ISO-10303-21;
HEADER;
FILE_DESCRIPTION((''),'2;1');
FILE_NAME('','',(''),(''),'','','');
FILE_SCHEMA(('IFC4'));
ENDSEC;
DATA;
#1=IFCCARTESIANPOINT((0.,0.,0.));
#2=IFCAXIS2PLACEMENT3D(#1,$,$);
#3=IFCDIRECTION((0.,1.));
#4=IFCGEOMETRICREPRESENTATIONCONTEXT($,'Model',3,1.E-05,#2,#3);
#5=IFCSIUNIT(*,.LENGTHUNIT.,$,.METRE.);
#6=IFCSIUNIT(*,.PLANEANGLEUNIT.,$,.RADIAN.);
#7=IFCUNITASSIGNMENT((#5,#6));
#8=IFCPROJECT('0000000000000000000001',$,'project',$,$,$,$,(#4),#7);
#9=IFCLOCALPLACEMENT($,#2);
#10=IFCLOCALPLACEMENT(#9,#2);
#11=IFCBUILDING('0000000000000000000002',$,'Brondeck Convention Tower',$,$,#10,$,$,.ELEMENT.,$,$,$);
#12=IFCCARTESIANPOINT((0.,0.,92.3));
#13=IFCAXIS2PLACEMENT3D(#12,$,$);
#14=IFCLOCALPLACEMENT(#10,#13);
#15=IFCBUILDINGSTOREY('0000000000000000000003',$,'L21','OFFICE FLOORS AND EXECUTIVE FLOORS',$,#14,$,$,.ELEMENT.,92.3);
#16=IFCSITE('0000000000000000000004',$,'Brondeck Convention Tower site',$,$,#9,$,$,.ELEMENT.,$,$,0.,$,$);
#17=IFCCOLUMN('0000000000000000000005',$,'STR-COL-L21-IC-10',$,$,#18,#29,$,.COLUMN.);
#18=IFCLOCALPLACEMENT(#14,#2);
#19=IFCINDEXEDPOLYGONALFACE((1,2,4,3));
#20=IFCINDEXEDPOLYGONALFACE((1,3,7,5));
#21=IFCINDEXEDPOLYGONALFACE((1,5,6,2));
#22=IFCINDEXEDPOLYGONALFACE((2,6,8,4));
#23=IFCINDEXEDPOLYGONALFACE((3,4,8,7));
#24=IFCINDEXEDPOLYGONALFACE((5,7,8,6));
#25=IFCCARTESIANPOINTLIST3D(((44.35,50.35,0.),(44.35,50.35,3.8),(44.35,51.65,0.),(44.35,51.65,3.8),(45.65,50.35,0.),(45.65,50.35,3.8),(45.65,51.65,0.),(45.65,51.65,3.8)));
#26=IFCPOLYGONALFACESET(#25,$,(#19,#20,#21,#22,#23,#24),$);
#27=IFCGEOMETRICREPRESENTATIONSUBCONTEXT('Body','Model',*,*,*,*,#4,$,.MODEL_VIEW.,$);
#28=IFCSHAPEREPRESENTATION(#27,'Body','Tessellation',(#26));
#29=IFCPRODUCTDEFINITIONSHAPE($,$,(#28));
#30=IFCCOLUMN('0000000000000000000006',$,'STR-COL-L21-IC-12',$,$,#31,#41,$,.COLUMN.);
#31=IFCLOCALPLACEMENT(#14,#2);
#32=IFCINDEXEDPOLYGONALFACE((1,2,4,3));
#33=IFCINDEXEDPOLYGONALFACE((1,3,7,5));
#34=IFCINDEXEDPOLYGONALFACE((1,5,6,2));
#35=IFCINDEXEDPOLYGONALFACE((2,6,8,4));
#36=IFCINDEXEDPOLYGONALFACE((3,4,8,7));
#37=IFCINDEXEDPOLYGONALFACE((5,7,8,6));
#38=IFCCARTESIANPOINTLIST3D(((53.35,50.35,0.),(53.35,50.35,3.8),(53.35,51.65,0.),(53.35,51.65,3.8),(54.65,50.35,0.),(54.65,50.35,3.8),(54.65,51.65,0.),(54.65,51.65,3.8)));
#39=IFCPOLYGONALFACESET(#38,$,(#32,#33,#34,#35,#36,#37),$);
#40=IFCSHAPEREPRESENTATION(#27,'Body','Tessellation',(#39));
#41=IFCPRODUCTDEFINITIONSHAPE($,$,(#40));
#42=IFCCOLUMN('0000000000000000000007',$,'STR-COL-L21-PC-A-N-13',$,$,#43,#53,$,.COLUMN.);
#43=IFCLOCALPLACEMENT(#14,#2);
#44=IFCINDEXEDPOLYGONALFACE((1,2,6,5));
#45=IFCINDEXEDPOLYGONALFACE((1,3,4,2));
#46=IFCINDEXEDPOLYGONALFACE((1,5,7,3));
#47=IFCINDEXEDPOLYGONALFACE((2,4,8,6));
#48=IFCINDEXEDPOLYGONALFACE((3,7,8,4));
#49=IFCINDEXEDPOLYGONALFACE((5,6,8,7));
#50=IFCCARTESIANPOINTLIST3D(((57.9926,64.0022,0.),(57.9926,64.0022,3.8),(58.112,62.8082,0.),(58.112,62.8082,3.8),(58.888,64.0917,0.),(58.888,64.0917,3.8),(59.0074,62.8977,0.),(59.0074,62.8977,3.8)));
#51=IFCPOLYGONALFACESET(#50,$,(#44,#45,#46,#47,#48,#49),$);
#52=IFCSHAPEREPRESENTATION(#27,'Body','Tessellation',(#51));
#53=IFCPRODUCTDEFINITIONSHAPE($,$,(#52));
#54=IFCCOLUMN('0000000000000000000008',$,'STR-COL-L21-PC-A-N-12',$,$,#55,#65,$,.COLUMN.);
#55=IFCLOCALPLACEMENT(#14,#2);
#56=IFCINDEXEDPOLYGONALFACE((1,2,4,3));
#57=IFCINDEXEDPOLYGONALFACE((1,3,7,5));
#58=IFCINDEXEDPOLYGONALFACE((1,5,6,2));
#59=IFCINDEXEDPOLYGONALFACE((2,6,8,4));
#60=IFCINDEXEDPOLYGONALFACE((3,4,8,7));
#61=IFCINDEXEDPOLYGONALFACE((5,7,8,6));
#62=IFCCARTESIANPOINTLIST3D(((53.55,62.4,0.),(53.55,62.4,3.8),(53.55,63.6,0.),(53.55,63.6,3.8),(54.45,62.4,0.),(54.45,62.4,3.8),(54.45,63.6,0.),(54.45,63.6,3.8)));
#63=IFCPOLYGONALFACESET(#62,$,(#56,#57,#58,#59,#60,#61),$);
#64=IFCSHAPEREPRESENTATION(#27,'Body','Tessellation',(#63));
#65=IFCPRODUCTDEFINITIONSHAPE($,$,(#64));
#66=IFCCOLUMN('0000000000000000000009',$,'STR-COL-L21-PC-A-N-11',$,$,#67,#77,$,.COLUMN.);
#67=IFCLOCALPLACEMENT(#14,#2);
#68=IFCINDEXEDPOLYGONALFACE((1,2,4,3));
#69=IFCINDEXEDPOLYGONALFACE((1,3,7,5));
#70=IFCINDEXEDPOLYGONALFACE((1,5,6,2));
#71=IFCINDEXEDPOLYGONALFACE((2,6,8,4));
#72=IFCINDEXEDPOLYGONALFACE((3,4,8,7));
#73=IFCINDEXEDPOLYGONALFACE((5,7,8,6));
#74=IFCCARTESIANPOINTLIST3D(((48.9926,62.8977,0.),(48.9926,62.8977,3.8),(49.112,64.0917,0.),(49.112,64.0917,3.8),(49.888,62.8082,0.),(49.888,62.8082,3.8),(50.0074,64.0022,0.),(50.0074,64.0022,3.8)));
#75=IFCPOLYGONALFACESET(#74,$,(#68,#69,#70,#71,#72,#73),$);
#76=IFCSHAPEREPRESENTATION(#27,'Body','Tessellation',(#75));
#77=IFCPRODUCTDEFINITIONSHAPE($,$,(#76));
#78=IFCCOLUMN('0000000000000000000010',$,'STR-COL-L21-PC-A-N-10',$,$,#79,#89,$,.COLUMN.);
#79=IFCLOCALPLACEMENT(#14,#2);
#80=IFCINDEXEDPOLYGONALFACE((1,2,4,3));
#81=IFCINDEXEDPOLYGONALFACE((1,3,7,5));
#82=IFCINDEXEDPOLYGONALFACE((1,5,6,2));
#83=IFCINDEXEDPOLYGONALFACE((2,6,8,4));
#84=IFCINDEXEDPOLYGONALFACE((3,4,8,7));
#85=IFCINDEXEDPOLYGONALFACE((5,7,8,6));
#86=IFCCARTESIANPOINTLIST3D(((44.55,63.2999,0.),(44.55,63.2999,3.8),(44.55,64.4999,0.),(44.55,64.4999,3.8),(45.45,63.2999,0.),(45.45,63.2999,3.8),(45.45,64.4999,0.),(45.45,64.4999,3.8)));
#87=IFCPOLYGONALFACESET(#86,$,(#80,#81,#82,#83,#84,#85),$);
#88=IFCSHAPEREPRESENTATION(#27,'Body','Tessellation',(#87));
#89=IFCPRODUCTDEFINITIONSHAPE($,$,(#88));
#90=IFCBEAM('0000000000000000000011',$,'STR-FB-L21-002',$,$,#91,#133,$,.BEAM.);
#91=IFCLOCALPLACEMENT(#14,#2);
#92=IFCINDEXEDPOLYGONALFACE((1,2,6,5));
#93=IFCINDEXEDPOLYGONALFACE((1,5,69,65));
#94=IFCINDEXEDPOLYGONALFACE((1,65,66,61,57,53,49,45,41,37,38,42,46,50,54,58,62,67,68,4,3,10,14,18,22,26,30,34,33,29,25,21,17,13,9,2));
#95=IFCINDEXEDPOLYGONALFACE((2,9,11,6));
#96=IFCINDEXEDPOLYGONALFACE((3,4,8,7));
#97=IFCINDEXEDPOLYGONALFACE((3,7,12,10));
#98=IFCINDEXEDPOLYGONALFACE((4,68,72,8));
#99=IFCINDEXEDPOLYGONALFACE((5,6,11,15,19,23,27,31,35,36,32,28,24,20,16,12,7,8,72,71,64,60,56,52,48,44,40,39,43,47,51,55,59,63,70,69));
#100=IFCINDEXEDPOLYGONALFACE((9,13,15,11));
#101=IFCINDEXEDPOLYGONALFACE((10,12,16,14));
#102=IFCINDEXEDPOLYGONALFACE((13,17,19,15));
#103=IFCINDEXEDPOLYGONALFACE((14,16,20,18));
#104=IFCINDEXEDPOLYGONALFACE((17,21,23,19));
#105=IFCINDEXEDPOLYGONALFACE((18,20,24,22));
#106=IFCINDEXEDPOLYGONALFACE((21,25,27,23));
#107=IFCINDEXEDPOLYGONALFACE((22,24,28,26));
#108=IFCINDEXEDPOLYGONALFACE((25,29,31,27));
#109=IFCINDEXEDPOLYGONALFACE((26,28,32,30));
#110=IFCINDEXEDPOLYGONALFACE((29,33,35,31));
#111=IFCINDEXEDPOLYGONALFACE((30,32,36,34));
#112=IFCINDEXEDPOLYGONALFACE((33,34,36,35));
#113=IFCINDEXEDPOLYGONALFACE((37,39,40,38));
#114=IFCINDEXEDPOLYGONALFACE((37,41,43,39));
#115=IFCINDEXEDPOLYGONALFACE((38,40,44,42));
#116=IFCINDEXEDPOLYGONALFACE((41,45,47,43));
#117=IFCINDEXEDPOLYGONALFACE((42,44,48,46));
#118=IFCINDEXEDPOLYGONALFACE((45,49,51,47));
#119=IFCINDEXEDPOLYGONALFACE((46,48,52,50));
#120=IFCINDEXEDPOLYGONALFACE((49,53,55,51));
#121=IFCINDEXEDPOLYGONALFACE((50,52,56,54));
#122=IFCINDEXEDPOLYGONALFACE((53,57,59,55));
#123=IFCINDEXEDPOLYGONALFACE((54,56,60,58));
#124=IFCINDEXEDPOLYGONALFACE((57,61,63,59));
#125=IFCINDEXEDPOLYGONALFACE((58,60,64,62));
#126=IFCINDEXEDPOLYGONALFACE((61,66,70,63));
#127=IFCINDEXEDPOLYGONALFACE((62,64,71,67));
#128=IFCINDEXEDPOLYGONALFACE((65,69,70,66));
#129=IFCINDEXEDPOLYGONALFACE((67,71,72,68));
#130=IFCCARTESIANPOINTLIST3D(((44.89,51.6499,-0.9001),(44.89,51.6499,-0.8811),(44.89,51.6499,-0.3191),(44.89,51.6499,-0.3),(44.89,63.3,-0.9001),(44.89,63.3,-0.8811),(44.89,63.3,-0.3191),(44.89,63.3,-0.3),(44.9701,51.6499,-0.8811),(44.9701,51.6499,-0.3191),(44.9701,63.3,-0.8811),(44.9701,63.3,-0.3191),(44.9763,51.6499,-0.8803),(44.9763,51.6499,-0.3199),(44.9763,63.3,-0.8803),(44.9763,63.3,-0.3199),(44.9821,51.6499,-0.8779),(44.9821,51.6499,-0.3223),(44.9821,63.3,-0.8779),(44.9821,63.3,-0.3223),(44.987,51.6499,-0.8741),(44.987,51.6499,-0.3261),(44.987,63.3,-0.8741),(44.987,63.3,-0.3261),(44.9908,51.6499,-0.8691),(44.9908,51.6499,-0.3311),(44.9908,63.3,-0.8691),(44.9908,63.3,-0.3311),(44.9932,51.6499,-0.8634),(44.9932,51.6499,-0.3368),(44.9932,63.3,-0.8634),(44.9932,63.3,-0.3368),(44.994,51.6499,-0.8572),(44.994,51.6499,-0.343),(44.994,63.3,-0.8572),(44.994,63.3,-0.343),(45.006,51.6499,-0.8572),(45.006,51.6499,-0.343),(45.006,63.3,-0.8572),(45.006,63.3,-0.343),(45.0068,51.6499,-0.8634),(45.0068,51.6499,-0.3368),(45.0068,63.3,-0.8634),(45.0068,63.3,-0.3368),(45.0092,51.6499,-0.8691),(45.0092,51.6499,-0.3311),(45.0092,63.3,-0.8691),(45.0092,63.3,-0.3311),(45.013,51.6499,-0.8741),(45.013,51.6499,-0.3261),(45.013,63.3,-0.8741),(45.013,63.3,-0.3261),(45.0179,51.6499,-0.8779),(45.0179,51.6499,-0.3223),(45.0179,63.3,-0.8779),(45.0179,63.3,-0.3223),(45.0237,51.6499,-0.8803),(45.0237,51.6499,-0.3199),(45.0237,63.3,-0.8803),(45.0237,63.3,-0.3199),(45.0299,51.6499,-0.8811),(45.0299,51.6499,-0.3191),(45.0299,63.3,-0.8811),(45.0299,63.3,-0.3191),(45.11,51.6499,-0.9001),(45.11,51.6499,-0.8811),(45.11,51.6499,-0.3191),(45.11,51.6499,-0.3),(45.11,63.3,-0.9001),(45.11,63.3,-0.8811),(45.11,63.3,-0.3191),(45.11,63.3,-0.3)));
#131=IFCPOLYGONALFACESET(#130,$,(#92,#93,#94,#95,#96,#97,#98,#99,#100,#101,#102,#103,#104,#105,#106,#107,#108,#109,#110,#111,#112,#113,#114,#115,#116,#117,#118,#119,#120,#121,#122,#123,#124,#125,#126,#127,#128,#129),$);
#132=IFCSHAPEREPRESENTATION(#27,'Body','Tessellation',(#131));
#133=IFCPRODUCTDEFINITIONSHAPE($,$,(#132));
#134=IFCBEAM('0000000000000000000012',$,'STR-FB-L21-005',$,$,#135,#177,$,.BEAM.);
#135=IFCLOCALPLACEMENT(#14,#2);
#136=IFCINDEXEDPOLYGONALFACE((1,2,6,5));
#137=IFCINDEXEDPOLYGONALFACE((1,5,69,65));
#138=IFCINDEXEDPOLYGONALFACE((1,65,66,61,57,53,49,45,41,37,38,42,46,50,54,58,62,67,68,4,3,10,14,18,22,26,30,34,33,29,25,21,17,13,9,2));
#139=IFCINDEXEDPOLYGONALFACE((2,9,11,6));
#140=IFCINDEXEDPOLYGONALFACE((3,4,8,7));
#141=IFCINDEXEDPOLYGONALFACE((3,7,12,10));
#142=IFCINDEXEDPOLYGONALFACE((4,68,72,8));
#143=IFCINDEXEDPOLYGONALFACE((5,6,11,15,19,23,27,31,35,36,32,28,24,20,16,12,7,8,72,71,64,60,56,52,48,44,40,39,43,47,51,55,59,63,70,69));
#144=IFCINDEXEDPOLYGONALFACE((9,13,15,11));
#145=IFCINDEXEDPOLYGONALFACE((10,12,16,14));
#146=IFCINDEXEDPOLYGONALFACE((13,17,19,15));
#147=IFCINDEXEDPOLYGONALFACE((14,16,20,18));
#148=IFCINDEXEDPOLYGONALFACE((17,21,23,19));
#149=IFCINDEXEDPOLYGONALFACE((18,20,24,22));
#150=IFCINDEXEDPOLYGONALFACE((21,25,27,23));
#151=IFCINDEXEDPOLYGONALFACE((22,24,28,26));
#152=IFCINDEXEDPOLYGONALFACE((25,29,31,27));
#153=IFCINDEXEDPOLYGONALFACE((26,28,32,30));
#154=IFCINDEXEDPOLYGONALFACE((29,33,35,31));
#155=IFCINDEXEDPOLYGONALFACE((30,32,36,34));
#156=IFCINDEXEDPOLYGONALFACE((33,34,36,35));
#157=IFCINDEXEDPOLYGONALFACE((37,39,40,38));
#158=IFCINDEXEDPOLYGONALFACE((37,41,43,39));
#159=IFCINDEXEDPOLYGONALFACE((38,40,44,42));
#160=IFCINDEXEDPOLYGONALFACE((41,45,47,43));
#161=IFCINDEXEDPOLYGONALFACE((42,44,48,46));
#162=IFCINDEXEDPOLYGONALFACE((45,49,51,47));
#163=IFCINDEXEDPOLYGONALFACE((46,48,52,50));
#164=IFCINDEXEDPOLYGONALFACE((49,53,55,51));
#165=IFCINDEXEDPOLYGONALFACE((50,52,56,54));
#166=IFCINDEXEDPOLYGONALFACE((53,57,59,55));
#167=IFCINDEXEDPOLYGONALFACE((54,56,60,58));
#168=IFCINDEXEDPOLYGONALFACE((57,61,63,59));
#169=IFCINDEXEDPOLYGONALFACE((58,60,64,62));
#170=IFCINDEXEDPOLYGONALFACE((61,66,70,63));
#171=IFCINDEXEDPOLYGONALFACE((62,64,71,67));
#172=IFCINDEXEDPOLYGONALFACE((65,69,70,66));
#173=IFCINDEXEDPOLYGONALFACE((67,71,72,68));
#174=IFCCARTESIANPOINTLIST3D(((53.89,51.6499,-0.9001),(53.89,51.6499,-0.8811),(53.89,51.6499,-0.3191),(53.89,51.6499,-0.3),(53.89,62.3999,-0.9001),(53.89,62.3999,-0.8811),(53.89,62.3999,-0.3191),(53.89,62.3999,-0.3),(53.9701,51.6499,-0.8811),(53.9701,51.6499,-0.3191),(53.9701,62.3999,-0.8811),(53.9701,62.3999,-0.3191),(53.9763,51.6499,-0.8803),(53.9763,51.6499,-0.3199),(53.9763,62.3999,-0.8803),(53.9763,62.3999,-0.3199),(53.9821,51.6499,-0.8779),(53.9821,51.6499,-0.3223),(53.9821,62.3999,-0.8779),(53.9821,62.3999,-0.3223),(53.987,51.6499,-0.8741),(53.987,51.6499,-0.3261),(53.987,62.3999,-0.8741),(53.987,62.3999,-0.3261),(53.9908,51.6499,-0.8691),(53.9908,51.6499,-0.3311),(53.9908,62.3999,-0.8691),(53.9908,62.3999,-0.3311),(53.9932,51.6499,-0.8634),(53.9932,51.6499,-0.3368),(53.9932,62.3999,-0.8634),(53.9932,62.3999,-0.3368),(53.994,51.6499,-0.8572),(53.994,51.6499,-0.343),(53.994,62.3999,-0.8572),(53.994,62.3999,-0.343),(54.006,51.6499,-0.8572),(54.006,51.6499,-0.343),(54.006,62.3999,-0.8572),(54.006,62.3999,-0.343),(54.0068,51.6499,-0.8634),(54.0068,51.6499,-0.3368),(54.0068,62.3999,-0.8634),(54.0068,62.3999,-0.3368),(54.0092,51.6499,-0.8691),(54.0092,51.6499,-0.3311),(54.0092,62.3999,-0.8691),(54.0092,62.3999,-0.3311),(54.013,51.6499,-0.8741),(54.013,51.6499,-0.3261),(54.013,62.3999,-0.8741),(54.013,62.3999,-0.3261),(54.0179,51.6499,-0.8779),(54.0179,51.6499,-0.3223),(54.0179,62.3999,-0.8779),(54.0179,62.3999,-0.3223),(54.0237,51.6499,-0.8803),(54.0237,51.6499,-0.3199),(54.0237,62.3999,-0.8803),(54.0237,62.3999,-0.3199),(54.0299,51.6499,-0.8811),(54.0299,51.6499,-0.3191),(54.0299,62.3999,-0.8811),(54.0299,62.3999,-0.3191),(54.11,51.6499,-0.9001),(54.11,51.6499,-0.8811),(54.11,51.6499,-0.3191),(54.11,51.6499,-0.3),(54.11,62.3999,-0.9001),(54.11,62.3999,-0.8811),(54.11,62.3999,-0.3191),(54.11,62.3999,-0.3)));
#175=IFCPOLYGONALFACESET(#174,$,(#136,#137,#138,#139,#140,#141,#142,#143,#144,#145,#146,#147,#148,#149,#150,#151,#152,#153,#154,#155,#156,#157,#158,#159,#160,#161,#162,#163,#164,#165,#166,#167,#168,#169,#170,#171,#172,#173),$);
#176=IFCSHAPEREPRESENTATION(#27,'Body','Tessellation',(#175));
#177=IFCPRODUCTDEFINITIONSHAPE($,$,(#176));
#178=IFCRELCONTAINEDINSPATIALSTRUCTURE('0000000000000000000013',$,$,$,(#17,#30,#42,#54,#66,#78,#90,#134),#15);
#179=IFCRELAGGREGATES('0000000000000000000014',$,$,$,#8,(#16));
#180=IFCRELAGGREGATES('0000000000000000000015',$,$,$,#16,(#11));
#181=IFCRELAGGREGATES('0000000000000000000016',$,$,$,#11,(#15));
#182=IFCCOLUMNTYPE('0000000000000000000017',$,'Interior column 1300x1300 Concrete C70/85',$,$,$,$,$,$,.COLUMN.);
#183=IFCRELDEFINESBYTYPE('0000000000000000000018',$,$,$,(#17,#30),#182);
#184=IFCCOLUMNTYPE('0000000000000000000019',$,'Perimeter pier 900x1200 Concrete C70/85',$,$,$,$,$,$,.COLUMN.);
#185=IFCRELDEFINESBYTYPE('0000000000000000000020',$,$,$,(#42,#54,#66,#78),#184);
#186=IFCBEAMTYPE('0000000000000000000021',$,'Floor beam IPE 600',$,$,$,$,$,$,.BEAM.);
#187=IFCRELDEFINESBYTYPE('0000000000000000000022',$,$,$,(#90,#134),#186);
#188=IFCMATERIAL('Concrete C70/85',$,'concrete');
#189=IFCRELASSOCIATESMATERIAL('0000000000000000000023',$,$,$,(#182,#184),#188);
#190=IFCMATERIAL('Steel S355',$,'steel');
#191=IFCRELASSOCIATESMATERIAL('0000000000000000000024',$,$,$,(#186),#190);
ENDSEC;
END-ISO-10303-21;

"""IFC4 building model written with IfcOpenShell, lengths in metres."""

from ifc_helpers import new_model, si_unit, direction, frame, origin, origin_2d, place, context, subcontext, project, spatial, rectangle, i_section, extrude, material, material_profile, profile_set, type_object, element, save


model = new_model("IFC4")

# Units and contexts
model_context = context("Model", 3, precision=1e-05, world=origin(), true_north=direction((0.0, 1.0)))
body_context = subcontext(model_context, "Body", "Model", "MODEL_VIEW")
ifc_project = project(units=[si_unit("LENGTHUNIT", "METRE"), si_unit("PLANEANGLEUNIT", "RADIAN")], contexts=[model_context])

# Site, building, storey
site_placement = place(None, origin())
site = spatial("IfcSite", under=ifc_project, at=site_placement, Name="Brondeck Convention Tower site", CompositionType="ELEMENT", RefElevation=0.0)
building_placement = place(site_placement, origin())
building = spatial("IfcBuilding", under=site, at=building_placement, Name="Brondeck Convention Tower", CompositionType="ELEMENT")
storey_placement = place(building_placement, frame((0.0, 0.0, 92.3)))
storey = spatial("IfcBuildingStorey", under=building, at=storey_placement, Name="L21", Description="OFFICE FLOORS AND EXECUTIVE FLOORS", CompositionType="ELEMENT", Elevation=92.3)

# Columns
ifc_material_1 = material(Name="Concrete C70/85", Category="concrete")
ifc_material_profile_1 = material_profile(ifc_material_1, rectangle(XDim=1.3, YDim=1.3, at=origin_2d()), Name="Interior column 1300x1300 Concrete C70/85")
ifc_profile_set_1 = profile_set([ifc_material_profile_1], Name="Concrete C70/85")
column_type_1 = type_object("IfcColumnType", Name="Interior column 1300x1300 Concrete C70/85", PredefinedType="COLUMN", material=ifc_profile_set_1)
for number, where, z_axis, x_axis, name in (
    (1, (45.0, 51.0, 0.0), (0.0, 0.0, 1.0), (1.0, 0.0, 0.0), "STR-COL-L21-IC-10"),
    (2, (54.0, 51.0, 0.0), (0.0, 0.0, 1.0), (1.0, 0.0, 0.0), "STR-COL-L21-IC-12"),
):
    element("IfcColumn", number, at=place(storey_placement, frame(where, z_axis=z_axis, x_axis=x_axis)), inside=storey, type_object=column_type_1, Name=name, PredefinedType="COLUMN", context=body_context, shape_type="SweptSolid", body=[
        extrude(rectangle(XDim=1.3, YDim=1.3, at=origin_2d()), origin(), (0.0, 0.0, 1.0), 3.8),
    ])
ifc_material_profile_2 = material_profile(ifc_material_1, rectangle(XDim=0.8999, YDim=1.2, at=origin_2d()), Name="Perimeter pier 900x1200 Concrete C70/85")
ifc_profile_set_2 = profile_set([ifc_material_profile_2], Name="Concrete C70/85")
column_type_2 = type_object("IfcColumnType", Name="Perimeter pier 900x1200 Concrete C70/85", PredefinedType="COLUMN", material=ifc_profile_set_2)
for number, where, z_axis, x_axis, name in (
    (3, (58.5, 63.45, 0.0), (0.0, 0.0, 1.0), (-0.995037, -0.099504, 0.0), "STR-COL-L21-PC-A-N-13"),
    (4, (54.0, 63.0, 0.0), (0.0, 0.0, 1.0), (-1.0, 0.0, 0.0), "STR-COL-L21-PC-A-N-12"),
    (5, (49.5, 63.45, 0.0), (0.0, 0.0, 1.0), (-0.995037, 0.099504, 0.0), "STR-COL-L21-PC-A-N-11"),
    (6, (45.0, 63.8999, 0.0), (0.0, 0.0, 1.0), (-1.0, 0.0, 0.0), "STR-COL-L21-PC-A-N-10"),
):
    element("IfcColumn", number, at=place(storey_placement, frame(where, z_axis=z_axis, x_axis=x_axis)), inside=storey, type_object=column_type_2, Name=name, PredefinedType="COLUMN", context=body_context, shape_type="SweptSolid", body=[
        extrude(rectangle(XDim=0.8999, YDim=1.2, at=origin_2d()), origin(), (0.0, 0.0, 1.0), 3.8),
    ])

# Beams
ifc_material_2 = material(Name="Steel S355", Category="steel")
ifc_material_profile_3 = material_profile(ifc_material_2, i_section(OverallWidth=0.22, OverallDepth=0.6001, WebThickness=0.012, FlangeThickness=0.019, FilletRadius=0.0239, at=origin_2d()), Name="IPE 600")
ifc_profile_set_3 = profile_set([ifc_material_profile_3], Name="Steel S355")
beam_type_1 = type_object("IfcBeamType", Name="Floor beam IPE 600", PredefinedType="BEAM", material=ifc_profile_set_3)
beam_1_placement = place(storey_placement, frame((45.0, 51.6499, -0.6001), z_axis=(0.0, 1.0, 0.0), x_axis=(-1.0, 0.0, 0.0)))
element("IfcBeam", 7, at=beam_1_placement, inside=storey, type_object=beam_type_1, Name="STR-FB-L21-002", PredefinedType="BEAM", context=body_context, shape_type="SweptSolid", body=[
    extrude(i_section(OverallWidth=0.22, OverallDepth=0.6001, WebThickness=0.012, FlangeThickness=0.019, FilletRadius=0.0239, at=origin_2d()), origin(), (0.0, 0.0, 1.0), 11.6501),
])
beam_2_placement = place(storey_placement, frame((54.0, 51.6499, -0.6001), z_axis=(0.0, 1.0, 0.0), x_axis=(-1.0, 0.0, 0.0)))
element("IfcBeam", 8, at=beam_2_placement, inside=storey, type_object=beam_type_1, Name="STR-FB-L21-005", PredefinedType="BEAM", context=body_context, shape_type="SweptSolid", body=[
    extrude(i_section(OverallWidth=0.22, OverallDepth=0.6001, WebThickness=0.012, FlangeThickness=0.019, FilletRadius=0.0239, at=origin_2d()), origin(), (0.0, 0.0, 1.0), 10.75),
])

save(model, "model.ifc")
